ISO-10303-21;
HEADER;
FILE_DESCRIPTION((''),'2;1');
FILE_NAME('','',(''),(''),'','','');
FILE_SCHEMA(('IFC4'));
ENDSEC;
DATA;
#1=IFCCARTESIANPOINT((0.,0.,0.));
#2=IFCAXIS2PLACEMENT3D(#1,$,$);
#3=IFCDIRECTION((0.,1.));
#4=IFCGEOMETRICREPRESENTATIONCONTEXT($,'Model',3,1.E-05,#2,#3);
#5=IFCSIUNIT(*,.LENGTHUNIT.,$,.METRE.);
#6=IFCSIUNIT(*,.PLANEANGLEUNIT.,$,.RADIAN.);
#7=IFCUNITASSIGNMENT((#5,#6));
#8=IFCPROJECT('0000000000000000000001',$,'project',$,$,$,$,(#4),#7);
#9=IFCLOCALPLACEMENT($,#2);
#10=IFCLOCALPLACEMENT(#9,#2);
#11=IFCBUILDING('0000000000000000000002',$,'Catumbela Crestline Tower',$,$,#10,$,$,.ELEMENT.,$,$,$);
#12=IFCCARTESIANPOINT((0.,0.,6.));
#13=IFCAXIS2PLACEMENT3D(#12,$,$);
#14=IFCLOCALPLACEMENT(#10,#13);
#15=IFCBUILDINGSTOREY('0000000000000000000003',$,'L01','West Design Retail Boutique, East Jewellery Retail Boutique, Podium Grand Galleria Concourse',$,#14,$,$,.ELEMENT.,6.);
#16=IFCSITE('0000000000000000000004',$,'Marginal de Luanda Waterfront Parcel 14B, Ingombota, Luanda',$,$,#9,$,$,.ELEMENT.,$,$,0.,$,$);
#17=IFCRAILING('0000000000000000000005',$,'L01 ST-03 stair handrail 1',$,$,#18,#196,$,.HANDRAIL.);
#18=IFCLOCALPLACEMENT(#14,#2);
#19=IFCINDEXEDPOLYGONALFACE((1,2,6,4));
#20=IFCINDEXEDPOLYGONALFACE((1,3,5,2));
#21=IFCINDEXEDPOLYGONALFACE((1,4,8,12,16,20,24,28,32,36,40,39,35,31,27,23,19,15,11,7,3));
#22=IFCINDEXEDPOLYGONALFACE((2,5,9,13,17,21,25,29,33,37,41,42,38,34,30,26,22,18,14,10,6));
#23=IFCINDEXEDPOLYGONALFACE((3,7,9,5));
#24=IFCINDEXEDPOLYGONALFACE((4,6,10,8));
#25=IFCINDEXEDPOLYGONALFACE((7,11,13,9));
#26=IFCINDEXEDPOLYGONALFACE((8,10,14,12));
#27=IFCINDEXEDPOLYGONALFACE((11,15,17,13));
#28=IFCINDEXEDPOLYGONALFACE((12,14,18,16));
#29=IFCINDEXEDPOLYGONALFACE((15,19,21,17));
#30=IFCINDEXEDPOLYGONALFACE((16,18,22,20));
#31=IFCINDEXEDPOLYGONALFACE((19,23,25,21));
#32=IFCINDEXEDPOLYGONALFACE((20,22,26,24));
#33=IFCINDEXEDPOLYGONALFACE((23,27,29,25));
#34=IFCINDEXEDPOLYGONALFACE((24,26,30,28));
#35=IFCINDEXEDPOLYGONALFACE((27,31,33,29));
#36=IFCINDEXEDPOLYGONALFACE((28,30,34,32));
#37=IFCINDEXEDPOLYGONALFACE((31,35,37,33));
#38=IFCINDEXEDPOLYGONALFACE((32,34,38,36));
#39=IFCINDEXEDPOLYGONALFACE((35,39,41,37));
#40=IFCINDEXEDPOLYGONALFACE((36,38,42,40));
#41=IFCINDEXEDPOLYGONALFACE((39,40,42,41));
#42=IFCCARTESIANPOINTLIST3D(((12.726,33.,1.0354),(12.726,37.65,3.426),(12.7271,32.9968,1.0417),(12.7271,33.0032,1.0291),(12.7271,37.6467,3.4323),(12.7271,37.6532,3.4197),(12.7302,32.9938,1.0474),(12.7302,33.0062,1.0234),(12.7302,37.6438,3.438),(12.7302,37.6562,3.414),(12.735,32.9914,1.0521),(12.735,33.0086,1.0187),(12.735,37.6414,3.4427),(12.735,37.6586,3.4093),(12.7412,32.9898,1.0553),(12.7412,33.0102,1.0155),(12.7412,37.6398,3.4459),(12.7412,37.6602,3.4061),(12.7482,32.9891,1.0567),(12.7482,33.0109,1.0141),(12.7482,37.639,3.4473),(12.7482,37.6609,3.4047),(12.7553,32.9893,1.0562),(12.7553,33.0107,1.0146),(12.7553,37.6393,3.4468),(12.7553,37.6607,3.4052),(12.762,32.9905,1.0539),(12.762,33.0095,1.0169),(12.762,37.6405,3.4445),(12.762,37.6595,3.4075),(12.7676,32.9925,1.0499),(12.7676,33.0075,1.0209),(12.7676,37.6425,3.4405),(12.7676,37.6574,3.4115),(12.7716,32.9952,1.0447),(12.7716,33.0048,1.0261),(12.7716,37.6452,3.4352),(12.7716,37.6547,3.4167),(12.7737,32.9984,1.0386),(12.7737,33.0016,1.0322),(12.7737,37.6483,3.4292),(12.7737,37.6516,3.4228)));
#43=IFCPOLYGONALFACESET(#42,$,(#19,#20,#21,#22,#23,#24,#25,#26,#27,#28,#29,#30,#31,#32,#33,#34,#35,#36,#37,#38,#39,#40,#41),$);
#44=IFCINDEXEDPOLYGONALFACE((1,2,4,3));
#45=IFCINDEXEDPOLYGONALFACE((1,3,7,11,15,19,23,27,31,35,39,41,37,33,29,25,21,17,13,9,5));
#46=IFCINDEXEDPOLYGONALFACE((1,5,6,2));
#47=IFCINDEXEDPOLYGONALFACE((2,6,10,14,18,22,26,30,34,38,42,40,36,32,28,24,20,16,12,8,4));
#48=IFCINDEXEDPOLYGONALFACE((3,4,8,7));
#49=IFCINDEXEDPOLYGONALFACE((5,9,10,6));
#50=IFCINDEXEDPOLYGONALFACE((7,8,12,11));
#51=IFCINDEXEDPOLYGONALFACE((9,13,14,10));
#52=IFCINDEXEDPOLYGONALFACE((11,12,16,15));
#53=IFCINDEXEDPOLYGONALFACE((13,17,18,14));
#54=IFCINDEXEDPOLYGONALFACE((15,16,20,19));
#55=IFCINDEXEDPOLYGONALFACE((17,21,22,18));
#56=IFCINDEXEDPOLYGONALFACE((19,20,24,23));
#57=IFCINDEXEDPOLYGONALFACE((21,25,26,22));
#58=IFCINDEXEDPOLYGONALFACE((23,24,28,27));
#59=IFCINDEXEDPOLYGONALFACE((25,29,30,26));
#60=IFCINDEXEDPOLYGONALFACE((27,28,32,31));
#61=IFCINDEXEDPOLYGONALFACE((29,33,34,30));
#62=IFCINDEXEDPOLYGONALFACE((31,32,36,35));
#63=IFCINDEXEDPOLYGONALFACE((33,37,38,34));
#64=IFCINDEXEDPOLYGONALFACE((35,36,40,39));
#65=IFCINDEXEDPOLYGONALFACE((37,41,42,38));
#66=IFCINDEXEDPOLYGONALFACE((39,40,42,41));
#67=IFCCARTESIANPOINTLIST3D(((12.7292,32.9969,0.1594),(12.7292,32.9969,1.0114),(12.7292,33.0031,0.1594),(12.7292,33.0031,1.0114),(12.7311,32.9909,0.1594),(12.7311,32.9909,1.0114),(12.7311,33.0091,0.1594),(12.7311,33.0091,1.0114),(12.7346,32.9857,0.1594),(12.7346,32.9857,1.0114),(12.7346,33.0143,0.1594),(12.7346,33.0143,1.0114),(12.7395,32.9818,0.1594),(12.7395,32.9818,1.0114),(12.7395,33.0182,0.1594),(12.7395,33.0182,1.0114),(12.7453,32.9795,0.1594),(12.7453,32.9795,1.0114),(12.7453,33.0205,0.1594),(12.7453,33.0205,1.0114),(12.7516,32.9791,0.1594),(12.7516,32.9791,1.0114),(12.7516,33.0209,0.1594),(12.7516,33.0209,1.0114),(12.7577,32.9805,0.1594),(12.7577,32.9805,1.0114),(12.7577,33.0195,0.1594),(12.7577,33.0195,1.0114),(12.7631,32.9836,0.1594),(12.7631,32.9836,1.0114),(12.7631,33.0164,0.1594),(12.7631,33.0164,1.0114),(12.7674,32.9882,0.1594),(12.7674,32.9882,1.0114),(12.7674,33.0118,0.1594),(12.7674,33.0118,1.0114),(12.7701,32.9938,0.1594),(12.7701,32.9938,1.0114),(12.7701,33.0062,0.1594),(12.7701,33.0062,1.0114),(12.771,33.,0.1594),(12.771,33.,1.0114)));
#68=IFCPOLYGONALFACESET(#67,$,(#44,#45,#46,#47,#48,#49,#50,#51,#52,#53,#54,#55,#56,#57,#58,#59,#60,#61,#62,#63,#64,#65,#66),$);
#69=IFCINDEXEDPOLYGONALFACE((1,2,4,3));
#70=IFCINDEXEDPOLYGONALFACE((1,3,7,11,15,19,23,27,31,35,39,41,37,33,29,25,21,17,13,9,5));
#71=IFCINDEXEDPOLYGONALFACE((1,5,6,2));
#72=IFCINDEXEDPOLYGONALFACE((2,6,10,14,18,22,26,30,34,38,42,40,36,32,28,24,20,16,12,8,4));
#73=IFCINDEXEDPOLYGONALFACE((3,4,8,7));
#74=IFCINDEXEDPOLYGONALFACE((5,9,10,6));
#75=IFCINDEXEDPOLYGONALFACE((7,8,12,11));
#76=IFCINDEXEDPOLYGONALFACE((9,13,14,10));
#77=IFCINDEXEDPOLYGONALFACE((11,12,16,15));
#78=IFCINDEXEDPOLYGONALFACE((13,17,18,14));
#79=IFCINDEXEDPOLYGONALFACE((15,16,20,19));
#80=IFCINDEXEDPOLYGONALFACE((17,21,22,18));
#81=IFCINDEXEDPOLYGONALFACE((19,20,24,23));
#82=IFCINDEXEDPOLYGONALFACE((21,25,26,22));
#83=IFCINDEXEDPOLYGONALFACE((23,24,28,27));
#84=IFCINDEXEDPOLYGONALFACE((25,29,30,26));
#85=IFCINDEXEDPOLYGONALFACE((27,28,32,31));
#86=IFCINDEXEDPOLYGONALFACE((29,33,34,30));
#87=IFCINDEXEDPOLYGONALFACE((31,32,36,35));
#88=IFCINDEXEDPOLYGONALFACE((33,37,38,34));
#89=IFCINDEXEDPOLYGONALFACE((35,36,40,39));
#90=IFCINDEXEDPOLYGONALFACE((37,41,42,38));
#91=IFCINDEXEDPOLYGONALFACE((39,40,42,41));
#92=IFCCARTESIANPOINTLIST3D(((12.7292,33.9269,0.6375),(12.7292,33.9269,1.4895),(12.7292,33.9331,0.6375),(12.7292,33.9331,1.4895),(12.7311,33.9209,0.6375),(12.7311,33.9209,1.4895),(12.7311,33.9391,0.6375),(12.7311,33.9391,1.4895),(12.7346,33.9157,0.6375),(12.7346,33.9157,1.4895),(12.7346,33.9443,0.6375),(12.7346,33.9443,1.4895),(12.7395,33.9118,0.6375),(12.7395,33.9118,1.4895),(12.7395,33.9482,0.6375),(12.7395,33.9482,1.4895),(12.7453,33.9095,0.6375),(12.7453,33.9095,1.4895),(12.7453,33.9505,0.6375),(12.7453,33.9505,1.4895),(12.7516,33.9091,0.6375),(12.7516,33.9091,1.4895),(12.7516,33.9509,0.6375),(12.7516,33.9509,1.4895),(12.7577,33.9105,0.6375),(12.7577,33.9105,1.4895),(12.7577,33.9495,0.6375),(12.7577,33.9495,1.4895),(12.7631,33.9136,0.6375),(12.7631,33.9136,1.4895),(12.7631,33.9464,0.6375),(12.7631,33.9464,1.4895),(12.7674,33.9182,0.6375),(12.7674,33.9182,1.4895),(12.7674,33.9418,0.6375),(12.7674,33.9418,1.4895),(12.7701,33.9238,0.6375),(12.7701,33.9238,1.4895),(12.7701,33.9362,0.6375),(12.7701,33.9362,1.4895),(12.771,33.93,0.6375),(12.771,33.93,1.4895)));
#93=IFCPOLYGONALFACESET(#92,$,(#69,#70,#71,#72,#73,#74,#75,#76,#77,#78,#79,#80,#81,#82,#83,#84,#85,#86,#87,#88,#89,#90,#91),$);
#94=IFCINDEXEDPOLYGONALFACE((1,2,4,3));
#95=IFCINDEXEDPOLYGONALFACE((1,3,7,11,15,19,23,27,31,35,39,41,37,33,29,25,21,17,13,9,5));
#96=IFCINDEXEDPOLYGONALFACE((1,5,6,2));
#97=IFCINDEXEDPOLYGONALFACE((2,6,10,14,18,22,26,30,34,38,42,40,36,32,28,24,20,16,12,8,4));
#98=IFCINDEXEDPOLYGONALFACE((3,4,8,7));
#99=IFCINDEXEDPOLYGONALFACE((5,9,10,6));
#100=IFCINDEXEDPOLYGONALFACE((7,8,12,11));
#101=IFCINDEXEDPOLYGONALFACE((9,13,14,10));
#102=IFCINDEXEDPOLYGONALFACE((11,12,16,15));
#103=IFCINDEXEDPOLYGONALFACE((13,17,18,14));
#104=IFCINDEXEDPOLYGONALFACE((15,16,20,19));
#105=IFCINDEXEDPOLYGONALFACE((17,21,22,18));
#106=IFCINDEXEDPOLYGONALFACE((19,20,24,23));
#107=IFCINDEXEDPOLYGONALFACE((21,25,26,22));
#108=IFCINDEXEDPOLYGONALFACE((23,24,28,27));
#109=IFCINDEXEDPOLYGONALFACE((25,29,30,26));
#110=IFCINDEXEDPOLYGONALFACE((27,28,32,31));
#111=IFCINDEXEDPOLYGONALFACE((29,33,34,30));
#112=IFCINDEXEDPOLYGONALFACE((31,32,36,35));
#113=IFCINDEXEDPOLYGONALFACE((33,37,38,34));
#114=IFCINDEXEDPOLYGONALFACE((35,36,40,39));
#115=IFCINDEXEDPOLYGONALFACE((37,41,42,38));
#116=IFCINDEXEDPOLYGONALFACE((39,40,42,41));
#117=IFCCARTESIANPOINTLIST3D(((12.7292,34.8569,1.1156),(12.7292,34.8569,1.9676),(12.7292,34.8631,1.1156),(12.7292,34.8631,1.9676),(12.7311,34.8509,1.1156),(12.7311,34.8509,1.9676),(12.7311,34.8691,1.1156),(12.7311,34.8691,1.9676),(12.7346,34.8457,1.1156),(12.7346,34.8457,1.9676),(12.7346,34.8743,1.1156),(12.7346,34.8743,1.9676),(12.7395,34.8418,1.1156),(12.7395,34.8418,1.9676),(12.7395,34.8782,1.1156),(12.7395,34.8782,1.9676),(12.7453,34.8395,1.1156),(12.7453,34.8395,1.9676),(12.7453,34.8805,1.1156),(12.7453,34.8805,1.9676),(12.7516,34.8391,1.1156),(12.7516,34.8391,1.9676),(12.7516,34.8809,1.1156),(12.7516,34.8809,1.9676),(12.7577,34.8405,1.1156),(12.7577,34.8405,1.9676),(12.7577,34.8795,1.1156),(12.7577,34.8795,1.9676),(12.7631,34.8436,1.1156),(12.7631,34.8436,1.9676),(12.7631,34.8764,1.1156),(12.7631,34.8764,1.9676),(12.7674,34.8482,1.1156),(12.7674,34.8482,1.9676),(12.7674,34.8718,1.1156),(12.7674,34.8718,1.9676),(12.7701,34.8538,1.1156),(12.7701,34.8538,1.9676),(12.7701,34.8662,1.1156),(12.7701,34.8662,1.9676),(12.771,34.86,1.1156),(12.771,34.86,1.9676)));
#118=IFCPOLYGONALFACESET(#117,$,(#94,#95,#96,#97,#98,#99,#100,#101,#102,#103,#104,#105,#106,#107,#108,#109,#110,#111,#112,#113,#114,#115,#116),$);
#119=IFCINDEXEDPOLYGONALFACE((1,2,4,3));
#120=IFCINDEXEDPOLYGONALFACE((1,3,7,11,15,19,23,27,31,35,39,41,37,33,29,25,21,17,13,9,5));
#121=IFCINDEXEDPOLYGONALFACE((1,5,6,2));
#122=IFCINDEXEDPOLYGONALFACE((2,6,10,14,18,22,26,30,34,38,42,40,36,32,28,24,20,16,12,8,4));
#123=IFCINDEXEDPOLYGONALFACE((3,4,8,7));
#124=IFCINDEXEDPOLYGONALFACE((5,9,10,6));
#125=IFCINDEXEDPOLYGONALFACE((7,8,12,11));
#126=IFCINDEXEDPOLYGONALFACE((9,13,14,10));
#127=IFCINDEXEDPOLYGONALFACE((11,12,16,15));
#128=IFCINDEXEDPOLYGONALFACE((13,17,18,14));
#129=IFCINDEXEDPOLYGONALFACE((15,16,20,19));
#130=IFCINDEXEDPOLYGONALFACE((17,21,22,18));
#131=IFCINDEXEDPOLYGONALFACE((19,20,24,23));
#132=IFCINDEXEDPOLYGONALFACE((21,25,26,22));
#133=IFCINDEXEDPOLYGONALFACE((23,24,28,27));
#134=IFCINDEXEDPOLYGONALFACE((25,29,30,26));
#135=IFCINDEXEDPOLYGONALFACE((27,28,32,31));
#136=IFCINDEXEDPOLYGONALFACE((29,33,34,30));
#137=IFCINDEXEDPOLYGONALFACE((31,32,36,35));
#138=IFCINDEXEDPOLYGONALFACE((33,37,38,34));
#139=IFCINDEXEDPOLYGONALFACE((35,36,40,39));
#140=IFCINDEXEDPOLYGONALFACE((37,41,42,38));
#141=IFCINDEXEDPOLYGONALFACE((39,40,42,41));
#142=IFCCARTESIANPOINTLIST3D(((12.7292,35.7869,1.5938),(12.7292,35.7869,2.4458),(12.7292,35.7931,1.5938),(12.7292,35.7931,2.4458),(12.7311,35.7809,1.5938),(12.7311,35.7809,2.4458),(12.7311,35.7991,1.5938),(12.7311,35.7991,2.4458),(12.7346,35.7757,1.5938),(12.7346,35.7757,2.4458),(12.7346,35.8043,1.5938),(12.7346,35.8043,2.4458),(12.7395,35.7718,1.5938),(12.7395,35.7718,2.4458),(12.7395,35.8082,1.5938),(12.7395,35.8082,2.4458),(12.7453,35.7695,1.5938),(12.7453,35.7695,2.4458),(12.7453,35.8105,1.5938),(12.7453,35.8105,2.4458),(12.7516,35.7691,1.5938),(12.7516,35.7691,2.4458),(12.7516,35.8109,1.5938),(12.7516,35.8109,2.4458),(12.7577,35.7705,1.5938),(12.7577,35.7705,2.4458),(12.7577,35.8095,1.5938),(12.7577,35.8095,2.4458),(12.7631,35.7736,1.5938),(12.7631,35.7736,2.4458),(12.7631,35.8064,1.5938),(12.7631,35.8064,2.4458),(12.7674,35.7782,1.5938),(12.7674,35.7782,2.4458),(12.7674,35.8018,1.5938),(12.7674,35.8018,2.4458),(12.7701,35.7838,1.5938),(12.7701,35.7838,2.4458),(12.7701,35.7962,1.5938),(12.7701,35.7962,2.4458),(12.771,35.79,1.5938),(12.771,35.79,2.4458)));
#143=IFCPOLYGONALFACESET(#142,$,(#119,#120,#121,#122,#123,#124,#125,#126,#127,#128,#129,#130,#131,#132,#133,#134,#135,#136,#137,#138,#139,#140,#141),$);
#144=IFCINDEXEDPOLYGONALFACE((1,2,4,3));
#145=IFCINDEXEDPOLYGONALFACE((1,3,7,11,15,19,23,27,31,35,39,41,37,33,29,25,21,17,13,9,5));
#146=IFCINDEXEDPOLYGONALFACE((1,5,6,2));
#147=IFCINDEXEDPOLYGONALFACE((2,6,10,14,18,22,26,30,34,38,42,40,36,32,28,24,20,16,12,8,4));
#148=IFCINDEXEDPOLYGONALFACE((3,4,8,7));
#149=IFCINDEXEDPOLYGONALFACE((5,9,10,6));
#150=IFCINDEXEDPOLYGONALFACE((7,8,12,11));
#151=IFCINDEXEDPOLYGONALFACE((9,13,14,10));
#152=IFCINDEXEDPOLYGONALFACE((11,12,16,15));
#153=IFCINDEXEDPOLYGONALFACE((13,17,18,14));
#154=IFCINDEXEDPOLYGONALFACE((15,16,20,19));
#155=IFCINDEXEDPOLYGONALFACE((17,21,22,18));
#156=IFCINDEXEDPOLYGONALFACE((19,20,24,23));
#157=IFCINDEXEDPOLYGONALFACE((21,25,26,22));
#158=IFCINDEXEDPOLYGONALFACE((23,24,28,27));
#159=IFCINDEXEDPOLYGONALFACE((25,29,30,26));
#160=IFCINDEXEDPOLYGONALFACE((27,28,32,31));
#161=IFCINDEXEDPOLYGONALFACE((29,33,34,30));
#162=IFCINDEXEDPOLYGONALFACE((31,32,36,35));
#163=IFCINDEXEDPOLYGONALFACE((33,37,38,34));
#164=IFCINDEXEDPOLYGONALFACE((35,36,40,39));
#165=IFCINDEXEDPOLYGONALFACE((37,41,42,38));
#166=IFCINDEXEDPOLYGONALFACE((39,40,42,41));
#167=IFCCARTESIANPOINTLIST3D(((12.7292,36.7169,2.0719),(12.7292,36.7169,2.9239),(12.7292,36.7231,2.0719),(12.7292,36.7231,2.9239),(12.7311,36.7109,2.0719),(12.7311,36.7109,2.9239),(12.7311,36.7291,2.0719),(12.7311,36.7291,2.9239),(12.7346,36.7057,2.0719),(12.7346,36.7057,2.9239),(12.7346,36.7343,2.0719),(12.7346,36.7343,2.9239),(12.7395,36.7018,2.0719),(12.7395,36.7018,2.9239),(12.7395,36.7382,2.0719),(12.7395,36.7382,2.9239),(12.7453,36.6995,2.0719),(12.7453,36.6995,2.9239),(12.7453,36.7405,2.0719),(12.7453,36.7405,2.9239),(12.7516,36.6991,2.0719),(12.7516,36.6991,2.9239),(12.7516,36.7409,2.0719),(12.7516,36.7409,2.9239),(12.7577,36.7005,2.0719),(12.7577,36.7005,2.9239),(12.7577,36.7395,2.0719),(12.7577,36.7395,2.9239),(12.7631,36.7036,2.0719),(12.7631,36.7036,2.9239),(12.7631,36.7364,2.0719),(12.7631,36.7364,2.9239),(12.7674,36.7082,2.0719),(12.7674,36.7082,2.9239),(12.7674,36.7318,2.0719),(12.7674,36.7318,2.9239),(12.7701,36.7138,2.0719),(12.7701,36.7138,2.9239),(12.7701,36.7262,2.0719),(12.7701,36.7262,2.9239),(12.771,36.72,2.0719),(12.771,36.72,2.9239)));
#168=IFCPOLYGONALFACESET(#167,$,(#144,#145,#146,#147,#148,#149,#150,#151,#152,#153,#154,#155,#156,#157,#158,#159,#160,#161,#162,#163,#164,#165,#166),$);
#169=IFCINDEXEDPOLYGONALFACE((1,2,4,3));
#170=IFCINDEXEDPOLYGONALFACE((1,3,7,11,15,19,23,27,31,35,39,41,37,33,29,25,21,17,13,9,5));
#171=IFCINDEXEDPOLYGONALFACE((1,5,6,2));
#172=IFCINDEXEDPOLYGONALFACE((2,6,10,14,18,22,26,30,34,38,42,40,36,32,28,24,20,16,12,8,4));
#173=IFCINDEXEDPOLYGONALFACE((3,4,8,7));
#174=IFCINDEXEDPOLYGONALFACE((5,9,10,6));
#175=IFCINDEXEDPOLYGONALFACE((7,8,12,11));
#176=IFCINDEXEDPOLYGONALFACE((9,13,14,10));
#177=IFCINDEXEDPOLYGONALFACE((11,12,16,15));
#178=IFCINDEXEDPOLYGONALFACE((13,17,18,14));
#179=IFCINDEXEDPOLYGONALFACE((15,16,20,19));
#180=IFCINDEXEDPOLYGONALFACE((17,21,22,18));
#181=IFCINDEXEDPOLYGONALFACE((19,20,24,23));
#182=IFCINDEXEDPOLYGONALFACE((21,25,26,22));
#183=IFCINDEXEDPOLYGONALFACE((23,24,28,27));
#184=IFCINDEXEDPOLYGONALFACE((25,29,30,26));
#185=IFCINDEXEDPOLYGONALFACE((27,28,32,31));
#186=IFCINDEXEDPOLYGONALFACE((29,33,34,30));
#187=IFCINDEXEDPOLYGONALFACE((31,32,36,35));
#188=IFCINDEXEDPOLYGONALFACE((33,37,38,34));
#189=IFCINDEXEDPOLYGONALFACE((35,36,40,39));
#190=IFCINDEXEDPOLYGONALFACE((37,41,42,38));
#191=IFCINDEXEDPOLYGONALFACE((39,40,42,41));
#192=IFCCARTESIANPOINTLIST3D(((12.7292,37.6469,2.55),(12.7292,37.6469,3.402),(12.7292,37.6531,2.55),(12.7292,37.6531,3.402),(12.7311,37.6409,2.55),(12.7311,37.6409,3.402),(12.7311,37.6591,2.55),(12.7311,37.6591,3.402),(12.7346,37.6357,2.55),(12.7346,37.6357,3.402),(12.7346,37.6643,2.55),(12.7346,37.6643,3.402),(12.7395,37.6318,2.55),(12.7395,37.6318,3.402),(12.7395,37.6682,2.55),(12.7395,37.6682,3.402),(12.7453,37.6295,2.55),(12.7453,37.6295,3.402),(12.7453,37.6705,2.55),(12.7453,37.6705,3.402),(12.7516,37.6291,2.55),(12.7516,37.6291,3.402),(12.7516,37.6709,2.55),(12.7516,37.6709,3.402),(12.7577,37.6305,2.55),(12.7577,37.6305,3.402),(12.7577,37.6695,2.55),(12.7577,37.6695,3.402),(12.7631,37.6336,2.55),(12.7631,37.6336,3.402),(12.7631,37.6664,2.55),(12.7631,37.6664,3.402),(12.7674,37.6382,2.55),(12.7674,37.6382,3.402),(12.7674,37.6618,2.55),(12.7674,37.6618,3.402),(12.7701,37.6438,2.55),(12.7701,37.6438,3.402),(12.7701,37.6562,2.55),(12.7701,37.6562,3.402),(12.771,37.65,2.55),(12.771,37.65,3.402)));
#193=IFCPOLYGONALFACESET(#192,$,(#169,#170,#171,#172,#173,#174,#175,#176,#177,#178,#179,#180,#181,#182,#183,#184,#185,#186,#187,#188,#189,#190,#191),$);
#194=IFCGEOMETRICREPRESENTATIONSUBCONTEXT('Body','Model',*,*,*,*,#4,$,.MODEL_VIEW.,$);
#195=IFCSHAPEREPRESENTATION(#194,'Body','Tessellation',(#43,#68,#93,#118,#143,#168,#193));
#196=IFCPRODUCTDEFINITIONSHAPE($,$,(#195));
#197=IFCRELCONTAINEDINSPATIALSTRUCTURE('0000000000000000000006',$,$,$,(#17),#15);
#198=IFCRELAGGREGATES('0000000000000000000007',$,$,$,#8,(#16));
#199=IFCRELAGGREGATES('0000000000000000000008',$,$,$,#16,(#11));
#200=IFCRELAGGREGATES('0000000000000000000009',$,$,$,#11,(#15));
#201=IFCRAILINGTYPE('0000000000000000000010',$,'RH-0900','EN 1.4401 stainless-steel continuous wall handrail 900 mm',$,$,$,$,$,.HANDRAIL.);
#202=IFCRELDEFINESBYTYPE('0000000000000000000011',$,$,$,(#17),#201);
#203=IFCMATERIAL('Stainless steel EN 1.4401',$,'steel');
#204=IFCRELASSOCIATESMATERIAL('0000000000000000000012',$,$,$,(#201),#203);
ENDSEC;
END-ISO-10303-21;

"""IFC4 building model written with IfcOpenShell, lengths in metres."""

from ifc_helpers import new_model, si_unit, direction, frame, origin, origin_2d, place, context, subcontext, project, spatial, circle, extrude, material, type_object, element, save


model = new_model("IFC4")

# Units and contexts
model_context = context("Model", 3, precision=1e-05, world=origin(), true_north=direction((0.0, 1.0)))
body_context = subcontext(model_context, "Body", "Model", "MODEL_VIEW")
ifc_project = project(units=[si_unit("LENGTHUNIT", "METRE"), si_unit("PLANEANGLEUNIT", "RADIAN")], contexts=[model_context])

# Site, building, storey
site_placement = place(None, origin())
site = spatial("IfcSite", under=ifc_project, at=site_placement, Name="Marginal de Luanda Waterfront Parcel 14B, Ingombota, Luanda", CompositionType="ELEMENT", RefElevation=0.0)
building_placement = place(site_placement, origin())
building = spatial("IfcBuilding", under=site, at=building_placement, Name="Catumbela Crestline Tower", CompositionType="ELEMENT")
storey_placement = place(building_placement, frame((0.0, 0.0, 6.0)))
storey = spatial("IfcBuildingStorey", under=building, at=storey_placement, Name="L01", Description="West Design Retail Boutique, East Jewellery Retail Boutique, Podium Grand Galleria Concourse", CompositionType="ELEMENT", Elevation=6.0)

# Shared definitions
ifc_material_1 = material(Name="Stainless steel EN 1.4401", Category="steel")

# Railing
railing_type_1 = type_object("IfcRailingType", Name="RH-0900", Description="EN 1.4401 stainless-steel continuous wall handrail 900 mm", PredefinedType="HANDRAIL", material=ifc_material_1)
railing_1_placement = place(storey_placement, frame((12.75, 33.0, 0.1594)))
element("IfcRailing", 1, at=railing_1_placement, inside=storey, type_object=railing_type_1, Name="L01 ST-03 stair handrail 1", PredefinedType="HANDRAIL", context=body_context, shape_type="SweptSolid", body=[
    extrude(circle(Radius=0.024, at=origin_2d()), frame((0.0, 0.0, 0.876), z_axis=(0.0, 0.889352, 0.457223), x_axis=(-1.0, 0.0, 0.0)), (0.0, 0.0, 1.0), 5.2285),
    extrude(circle(Radius=0.021, at=origin_2d()), origin(), (0.0, 0.0, 1.0), 0.852),
    extrude(circle(Radius=0.021, at=origin_2d()), frame((0.0, 0.93, 0.4781)), (0.0, 0.0, 1.0), 0.852),
    extrude(circle(Radius=0.021, at=origin_2d()), frame((0.0, 1.86, 0.9562)), (0.0, 0.0, 1.0), 0.852),
    extrude(circle(Radius=0.021, at=origin_2d()), frame((0.0, 2.79, 1.4344)), (0.0, 0.0, 1.0), 0.852),
    extrude(circle(Radius=0.021, at=origin_2d()), frame((0.0, 3.72, 1.9125)), (0.0, 0.0, 1.0), 0.852),
    extrude(circle(Radius=0.021, at=origin_2d()), frame((0.0, 4.65, 2.3906)), (0.0, 0.0, 1.0), 0.852),
])

save(model, "model.ifc")
